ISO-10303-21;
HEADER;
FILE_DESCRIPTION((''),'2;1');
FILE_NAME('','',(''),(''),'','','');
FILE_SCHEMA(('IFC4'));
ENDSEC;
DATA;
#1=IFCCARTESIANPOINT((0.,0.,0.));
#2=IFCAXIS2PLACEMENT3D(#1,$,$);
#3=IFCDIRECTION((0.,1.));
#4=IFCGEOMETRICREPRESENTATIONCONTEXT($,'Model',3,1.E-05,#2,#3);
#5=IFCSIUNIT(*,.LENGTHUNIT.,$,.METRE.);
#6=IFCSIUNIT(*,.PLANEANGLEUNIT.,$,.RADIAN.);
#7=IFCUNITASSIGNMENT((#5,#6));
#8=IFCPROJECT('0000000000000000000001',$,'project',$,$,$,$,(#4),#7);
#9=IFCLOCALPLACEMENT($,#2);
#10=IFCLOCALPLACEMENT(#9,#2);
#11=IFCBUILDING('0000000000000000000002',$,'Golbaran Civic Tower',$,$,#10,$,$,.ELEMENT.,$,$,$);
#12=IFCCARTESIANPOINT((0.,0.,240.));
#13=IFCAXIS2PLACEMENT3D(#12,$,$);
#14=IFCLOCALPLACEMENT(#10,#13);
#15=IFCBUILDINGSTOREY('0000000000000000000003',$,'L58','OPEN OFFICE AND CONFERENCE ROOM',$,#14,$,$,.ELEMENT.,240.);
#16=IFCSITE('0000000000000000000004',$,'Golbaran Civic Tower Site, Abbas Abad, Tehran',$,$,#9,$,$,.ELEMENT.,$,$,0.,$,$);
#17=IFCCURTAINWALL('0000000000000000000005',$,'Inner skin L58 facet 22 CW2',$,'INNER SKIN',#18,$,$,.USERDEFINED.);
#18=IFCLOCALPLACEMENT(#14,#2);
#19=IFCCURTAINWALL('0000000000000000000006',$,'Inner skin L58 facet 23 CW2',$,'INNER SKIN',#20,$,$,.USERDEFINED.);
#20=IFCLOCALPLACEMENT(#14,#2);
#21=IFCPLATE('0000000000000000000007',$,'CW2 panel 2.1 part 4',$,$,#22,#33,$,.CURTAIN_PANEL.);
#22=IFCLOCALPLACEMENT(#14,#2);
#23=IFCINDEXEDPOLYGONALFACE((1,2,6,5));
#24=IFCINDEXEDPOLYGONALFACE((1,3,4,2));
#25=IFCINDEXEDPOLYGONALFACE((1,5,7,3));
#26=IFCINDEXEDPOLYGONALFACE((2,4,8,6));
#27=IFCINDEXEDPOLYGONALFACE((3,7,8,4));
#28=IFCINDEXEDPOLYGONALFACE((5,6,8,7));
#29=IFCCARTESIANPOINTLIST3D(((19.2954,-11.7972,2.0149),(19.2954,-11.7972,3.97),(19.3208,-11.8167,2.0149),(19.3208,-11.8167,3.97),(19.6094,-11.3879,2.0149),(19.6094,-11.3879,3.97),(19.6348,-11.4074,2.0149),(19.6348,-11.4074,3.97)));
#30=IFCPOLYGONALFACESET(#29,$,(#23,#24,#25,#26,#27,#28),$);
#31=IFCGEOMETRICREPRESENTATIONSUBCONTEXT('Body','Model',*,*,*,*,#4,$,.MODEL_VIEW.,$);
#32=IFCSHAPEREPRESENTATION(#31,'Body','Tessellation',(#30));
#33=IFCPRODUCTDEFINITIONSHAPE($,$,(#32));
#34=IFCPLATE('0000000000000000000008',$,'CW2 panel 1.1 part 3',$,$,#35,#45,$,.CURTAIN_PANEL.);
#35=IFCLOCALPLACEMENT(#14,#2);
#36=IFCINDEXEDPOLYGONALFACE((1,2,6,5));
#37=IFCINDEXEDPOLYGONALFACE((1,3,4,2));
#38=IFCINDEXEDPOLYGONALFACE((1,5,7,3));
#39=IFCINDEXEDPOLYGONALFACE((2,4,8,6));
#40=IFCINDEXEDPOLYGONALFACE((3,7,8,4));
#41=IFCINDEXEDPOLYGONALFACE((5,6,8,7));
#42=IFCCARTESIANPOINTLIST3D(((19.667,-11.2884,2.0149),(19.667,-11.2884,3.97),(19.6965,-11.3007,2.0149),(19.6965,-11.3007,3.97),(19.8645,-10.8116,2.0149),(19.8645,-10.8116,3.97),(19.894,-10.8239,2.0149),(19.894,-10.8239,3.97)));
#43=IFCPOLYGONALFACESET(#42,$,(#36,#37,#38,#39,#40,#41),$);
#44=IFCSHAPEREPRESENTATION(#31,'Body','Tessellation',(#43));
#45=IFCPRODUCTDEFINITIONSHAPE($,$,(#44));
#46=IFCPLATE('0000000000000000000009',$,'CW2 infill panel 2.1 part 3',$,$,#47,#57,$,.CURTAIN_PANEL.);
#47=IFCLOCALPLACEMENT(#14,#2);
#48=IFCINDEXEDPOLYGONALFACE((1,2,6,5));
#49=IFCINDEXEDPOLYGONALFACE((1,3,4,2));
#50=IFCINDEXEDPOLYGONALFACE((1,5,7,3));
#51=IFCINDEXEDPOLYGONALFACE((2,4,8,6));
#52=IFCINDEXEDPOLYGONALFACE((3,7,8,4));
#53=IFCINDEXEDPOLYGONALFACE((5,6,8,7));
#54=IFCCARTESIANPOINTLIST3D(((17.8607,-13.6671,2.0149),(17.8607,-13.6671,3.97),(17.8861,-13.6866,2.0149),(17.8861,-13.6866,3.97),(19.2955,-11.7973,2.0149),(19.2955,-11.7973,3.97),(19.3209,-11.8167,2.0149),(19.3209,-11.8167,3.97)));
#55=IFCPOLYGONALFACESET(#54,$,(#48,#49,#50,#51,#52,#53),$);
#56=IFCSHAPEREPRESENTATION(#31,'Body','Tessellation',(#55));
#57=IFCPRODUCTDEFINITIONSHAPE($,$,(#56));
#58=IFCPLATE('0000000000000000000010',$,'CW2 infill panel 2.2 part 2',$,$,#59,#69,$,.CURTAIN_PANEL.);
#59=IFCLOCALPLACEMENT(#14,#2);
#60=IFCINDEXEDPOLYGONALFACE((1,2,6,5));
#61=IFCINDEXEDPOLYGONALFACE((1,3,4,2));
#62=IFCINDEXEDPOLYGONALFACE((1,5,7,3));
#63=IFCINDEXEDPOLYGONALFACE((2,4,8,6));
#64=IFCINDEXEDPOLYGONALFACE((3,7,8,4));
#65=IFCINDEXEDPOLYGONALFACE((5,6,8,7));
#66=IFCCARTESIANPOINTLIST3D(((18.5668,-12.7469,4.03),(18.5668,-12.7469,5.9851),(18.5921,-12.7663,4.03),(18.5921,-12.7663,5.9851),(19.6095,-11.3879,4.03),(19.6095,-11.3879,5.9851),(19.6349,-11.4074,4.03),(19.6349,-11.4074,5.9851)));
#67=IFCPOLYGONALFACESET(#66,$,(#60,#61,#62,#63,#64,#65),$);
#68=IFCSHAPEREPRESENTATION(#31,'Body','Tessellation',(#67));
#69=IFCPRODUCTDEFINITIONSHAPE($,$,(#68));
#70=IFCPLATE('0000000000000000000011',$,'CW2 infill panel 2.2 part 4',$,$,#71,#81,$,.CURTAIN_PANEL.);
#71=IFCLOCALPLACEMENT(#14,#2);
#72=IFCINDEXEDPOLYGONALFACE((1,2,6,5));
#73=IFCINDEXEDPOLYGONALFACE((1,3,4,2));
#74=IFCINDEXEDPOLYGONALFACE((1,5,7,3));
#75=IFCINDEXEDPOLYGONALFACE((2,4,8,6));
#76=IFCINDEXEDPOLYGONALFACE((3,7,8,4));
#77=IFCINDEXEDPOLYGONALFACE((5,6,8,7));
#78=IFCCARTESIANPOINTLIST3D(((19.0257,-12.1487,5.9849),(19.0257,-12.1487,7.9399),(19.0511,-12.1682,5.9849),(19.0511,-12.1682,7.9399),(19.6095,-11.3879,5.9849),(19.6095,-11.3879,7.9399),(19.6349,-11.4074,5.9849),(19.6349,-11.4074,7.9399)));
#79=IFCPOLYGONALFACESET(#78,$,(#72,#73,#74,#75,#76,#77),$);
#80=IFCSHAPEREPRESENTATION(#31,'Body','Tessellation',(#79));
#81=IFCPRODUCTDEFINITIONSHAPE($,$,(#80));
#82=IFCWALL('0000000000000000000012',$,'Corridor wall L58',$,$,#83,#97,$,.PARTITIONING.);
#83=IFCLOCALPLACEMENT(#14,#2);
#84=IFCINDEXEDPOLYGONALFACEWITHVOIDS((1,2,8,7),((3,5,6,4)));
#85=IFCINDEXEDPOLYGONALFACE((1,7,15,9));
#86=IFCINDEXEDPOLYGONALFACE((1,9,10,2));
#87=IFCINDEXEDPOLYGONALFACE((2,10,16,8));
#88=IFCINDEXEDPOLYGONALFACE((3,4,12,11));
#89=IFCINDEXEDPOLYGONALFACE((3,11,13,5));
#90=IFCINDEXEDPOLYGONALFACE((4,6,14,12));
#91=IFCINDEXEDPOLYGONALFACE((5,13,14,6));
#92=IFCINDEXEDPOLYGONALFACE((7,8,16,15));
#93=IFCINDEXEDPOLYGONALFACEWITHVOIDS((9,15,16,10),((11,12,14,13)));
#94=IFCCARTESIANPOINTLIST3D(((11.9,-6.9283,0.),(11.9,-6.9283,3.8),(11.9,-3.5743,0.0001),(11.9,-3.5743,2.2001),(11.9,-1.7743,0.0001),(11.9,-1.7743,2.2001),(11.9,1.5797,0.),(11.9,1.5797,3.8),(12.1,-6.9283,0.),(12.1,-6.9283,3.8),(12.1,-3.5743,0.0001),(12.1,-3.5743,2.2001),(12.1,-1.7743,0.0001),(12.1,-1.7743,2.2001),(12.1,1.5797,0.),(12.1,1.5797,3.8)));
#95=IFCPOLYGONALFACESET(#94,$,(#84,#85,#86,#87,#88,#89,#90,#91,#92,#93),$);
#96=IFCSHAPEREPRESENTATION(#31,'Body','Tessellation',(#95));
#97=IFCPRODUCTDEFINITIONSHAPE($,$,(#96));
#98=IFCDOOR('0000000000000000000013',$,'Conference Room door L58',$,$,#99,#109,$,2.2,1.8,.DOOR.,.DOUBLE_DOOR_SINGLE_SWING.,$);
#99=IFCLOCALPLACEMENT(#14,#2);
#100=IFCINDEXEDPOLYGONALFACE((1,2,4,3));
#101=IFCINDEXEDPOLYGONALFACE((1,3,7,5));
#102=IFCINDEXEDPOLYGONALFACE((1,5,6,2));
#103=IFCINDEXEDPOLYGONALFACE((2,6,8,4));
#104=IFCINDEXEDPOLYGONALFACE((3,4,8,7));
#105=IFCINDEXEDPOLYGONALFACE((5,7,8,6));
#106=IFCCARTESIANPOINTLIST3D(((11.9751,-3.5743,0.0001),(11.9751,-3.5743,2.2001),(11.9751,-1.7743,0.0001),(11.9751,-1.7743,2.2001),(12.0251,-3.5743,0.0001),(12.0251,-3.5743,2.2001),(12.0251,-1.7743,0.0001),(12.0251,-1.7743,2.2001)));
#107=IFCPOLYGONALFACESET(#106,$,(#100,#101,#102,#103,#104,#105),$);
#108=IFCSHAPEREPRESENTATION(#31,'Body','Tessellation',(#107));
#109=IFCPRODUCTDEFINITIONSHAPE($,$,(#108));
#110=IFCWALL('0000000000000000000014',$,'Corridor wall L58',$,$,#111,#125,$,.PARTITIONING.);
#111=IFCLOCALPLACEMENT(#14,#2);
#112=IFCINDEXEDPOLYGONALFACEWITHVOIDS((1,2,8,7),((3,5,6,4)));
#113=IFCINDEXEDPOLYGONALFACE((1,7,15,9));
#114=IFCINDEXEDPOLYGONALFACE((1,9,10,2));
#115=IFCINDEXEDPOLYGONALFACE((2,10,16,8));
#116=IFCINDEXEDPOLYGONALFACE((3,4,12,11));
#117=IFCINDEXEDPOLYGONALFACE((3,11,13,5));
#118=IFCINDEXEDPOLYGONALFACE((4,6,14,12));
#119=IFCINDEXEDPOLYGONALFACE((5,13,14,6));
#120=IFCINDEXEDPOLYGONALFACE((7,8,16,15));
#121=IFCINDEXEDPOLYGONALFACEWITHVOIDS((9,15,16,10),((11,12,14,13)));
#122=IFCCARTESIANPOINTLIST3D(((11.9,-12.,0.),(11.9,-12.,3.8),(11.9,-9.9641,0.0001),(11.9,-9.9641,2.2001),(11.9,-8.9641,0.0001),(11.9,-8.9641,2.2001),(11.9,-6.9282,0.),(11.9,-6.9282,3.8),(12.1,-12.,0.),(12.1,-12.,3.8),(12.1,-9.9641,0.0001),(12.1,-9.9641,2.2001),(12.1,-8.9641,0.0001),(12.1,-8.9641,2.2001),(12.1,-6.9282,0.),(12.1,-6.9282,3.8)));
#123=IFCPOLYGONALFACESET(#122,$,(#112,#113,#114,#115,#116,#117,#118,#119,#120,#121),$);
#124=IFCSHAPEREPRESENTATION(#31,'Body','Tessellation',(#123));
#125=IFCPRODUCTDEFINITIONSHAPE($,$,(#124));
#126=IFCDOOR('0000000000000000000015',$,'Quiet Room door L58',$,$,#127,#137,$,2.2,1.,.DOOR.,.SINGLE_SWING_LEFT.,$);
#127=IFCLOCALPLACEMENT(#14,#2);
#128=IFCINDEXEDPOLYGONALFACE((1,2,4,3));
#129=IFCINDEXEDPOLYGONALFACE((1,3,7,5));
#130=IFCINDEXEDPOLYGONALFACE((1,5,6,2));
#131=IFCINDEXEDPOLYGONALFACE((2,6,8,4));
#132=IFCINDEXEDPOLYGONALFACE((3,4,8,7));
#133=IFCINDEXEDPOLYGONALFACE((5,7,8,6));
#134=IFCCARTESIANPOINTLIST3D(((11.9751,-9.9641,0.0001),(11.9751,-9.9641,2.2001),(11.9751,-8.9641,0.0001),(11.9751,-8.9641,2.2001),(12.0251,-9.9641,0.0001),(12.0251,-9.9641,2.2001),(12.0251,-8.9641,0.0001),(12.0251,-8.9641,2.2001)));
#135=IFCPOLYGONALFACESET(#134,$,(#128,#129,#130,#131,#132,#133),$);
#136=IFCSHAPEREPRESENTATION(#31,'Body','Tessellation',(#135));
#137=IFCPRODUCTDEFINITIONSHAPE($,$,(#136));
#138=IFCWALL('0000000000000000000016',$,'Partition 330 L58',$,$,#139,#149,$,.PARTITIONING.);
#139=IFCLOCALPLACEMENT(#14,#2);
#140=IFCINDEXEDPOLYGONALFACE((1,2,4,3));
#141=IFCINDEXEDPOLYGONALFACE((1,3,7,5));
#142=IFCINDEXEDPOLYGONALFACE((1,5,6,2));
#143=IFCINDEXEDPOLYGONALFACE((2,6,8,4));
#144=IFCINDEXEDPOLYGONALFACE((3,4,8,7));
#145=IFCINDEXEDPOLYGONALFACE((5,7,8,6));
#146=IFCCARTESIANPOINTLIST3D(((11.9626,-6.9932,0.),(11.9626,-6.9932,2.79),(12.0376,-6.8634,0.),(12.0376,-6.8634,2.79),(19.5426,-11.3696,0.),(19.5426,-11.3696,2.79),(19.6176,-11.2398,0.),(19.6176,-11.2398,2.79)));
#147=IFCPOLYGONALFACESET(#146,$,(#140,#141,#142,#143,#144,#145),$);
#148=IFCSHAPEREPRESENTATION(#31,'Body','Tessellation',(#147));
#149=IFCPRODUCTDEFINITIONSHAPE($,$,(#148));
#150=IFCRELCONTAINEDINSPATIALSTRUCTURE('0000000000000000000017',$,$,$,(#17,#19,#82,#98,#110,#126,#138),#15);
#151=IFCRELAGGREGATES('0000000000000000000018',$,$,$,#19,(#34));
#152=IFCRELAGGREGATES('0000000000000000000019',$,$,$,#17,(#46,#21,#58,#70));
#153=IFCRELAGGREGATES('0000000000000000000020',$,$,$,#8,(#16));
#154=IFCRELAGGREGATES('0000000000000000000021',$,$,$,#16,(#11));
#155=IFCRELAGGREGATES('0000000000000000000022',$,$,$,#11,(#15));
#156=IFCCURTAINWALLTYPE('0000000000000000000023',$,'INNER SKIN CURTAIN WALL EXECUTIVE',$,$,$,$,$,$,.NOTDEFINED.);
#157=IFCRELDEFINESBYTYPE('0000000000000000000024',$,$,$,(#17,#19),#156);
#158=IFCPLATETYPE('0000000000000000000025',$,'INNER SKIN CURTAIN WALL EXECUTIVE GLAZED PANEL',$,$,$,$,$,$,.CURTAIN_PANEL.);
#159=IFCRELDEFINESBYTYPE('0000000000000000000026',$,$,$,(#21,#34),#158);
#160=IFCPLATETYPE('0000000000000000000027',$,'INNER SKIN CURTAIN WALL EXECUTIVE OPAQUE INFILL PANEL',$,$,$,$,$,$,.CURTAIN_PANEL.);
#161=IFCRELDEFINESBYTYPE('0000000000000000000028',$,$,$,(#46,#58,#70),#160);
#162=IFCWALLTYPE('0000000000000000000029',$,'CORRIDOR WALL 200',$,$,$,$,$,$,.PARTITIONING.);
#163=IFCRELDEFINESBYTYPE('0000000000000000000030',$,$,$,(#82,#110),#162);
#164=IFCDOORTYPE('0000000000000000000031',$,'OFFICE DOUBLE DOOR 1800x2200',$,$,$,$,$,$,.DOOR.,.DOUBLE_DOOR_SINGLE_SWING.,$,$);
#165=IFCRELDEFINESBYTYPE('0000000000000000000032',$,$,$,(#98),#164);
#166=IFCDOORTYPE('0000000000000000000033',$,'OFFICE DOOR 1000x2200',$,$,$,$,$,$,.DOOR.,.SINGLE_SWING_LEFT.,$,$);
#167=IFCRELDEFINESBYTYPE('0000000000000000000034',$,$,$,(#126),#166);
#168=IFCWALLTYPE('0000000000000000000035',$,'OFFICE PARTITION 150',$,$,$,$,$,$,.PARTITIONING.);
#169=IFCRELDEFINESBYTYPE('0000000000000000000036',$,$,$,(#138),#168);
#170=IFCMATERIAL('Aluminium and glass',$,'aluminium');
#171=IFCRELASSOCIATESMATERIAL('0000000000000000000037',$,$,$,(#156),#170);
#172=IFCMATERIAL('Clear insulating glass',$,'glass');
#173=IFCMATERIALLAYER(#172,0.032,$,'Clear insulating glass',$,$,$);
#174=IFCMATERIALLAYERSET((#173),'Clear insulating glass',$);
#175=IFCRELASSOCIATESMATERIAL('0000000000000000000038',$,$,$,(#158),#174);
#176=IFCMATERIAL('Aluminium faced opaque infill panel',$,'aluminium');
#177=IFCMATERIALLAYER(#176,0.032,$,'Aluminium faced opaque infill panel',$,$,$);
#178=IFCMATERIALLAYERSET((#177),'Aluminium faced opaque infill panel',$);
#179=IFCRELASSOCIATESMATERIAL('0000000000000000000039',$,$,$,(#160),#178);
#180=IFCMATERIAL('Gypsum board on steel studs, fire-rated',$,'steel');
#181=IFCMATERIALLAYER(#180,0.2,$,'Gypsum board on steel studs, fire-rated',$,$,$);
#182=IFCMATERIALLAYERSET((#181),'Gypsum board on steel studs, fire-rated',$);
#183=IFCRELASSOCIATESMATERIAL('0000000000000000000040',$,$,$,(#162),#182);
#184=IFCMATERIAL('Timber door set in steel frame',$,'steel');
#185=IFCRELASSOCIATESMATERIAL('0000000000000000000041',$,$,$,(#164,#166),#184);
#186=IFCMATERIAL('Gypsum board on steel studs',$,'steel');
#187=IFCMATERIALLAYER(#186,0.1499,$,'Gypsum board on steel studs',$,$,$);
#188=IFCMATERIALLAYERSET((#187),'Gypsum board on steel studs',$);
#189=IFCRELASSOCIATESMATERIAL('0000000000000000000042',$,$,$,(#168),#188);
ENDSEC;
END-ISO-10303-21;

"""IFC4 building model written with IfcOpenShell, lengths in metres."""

from ifc_helpers import new_model, si_unit, direction, frame, frame_2d, origin, origin_2d, place, context, subcontext, project, spatial, rectangle, extrude, material, layer, layer_set, type_object, element, fill, aggregate, save


model = new_model("IFC4")

# Units and contexts
model_context = context("Model", 3, precision=1e-05, world=origin(), true_north=direction((0.0, 1.0)))
body_context = subcontext(model_context, "Body", "Model", "MODEL_VIEW")
ifc_project = project(units=[si_unit("LENGTHUNIT", "METRE"), si_unit("PLANEANGLEUNIT", "RADIAN")], contexts=[model_context])

# Site, building, storey
site_placement = place(None, origin())
site = spatial("IfcSite", under=ifc_project, at=site_placement, Name="Golbaran Civic Tower Site, Abbas Abad, Tehran", CompositionType="ELEMENT", RefElevation=0.0)
building_placement = place(site_placement, origin())
building = spatial("IfcBuilding", under=site, at=building_placement, Name="Golbaran Civic Tower", CompositionType="ELEMENT")
storey_placement = place(building_placement, frame((0.0, 0.0, 240.0)))
storey = spatial("IfcBuildingStorey", under=building, at=storey_placement, Name="L58", Description="OPEN OFFICE AND CONFERENCE ROOM", CompositionType="ELEMENT", Elevation=240.0)

# Curtain wall
ifc_material_1 = material(Name="Aluminium and glass", Category="aluminium")
curtain_wall_type = type_object("IfcCurtainWallType", Name="INNER SKIN CURTAIN WALL EXECUTIVE", PredefinedType="NOTDEFINED", material=ifc_material_1)
curtain_wall_1_placement = place(storey_placement, origin())
curtain_wall_1 = element("IfcCurtainWall", 1, at=curtain_wall_1_placement, inside=storey, type_object=curtain_wall_type, Name="Inner skin L58 facet 22 CW2", ObjectType="INNER SKIN", PredefinedType="USERDEFINED")

# Curtain wall
curtain_wall_2_placement = place(storey_placement, origin())
curtain_wall_2 = element("IfcCurtainWall", 2, at=curtain_wall_2_placement, inside=storey, type_object=curtain_wall_type, Name="Inner skin L58 facet 23 CW2", ObjectType="INNER SKIN", PredefinedType="USERDEFINED")

# Plates
ifc_material_2 = material(Name="Clear insulating glass", Category="glass")
ifc_layer_1 = layer(ifc_material_2, 0.032, Name="Clear insulating glass")
ifc_layer_set_1 = layer_set([ifc_layer_1], Name="Clear insulating glass")
plate_type_1 = type_object("IfcPlateType", Name="INNER SKIN CURTAIN WALL EXECUTIVE GLAZED PANEL", PredefinedType="CURTAIN_PANEL", material=ifc_layer_set_1)
plate_1_placement = place(storey_placement, frame((19.4651, -11.6023, 2.0149), z_axis=(0.0, 0.0, 1.0), x_axis=(0.608761, 0.793353, 0.0)))
plate_1 = element("IfcPlate", 3, at=plate_1_placement, type_object=plate_type_1, Name="CW2 panel 2.1 part 4", PredefinedType="CURTAIN_PANEL", context=body_context, shape_type="SweptSolid", body=[
    extrude(rectangle(XDim=0.5159, YDim=0.032, at=origin_2d()), origin(), (0.0, 0.0, 1.0), 1.9551),
])
plate_2_placement = place(storey_placement, frame((19.7805, -11.0562, 2.0149), z_axis=(0.0, 0.0, 1.0), x_axis=(0.382683, 0.92388, 0.0)))
plate_2 = element("IfcPlate", 4, at=plate_2_placement, type_object=plate_type_1, Name="CW2 panel 1.1 part 3", PredefinedType="CURTAIN_PANEL", context=body_context, shape_type="SweptSolid", body=[
    extrude(rectangle(XDim=0.5161, YDim=0.032, at=origin_2d()), origin(), (0.0, 0.0, 1.0), 1.9551),
])
aggregate(curtain_wall_2, [plate_2])
ifc_material_3 = material(Name="Aluminium faced opaque infill panel", Category="aluminium")
ifc_layer_2 = layer(ifc_material_3, 0.032, Name="Aluminium faced opaque infill panel")
ifc_layer_set_2 = layer_set([ifc_layer_2], Name="Aluminium faced opaque infill panel")
plate_type_2 = type_object("IfcPlateType", Name="INNER SKIN CURTAIN WALL EXECUTIVE OPAQUE INFILL PANEL", PredefinedType="CURTAIN_PANEL", material=ifc_layer_set_2)
plate_3_placement = place(storey_placement, frame((18.5908, -12.7419, 2.0149), z_axis=(0.0, 0.0, 1.0), x_axis=(0.608761, 0.793353, 0.0)))
plate_3 = element("IfcPlate", 5, at=plate_3_placement, type_object=plate_type_2, Name="CW2 infill panel 2.1 part 3", PredefinedType="CURTAIN_PANEL", context=body_context, shape_type="SweptSolid", body=[
    extrude(rectangle(XDim=2.3569, YDim=0.032, at=origin_2d()), origin(), (0.0, 0.0, 1.0), 1.9551),
])
plate_4_placement = place(storey_placement, frame((19.1008, -12.0771, 4.03), z_axis=(0.0, 0.0, 1.0), x_axis=(0.608761, 0.793353, 0.0)))
plate_4 = element("IfcPlate", 6, at=plate_4_placement, type_object=plate_type_2, Name="CW2 infill panel 2.2 part 2", PredefinedType="CURTAIN_PANEL", context=body_context, shape_type="SweptSolid", body=[
    extrude(rectangle(XDim=1.7129, YDim=0.032, at=origin_2d()), origin(), (0.0, 0.0, 1.0), 1.9551),
])
plate_5_placement = place(storey_placement, frame((19.3303, -11.7781, 5.9849), z_axis=(0.0, 0.0, 1.0), x_axis=(0.608761, 0.793353, 0.0)))
plate_5 = element("IfcPlate", 7, at=plate_5_placement, type_object=plate_type_2, Name="CW2 infill panel 2.2 part 4", PredefinedType="CURTAIN_PANEL", context=body_context, shape_type="SweptSolid", body=[
    extrude(rectangle(XDim=0.959, YDim=0.032, at=origin_2d()), origin(), (0.0, 0.0, 1.0), 1.9551),
])
aggregate(curtain_wall_1, [plate_3, plate_1, plate_4, plate_5])

# Walls, openings, doors
ifc_material_4 = material(Name="Gypsum board on steel studs, fire-rated", Category="steel")
ifc_layer_3 = layer(ifc_material_4, 0.2, Name="Gypsum board on steel studs, fire-rated")
ifc_layer_set_3 = layer_set([ifc_layer_3], Name="Gypsum board on steel studs, fire-rated")
wall_type_1 = type_object("IfcWallType", Name="CORRIDOR WALL 200", PredefinedType="PARTITIONING", material=ifc_layer_set_3)
wall_1_placement = place(storey_placement, frame((12.0, -6.9282, 0.0), z_axis=(0.0, 0.0, 1.0), x_axis=(0.0, 1.0, 0.0)))
wall_1 = element("IfcWall", 8, at=wall_1_placement, inside=storey, type_object=wall_type_1, Name="Corridor wall L58", PredefinedType="PARTITIONING", context=body_context, shape_type="SweptSolid", body=[
    extrude(rectangle(XDim=8.5081, YDim=0.2, at=frame_2d((4.2539, 0.0))), origin(), (0.0, 0.0, 1.0), 3.8),
])
opening_1_placement = place(wall_1_placement, frame((3.354, 0.0, 0.0)))
opening_1 = element("IfcOpeningElement", 9, at=opening_1_placement, cuts=wall_1, PredefinedType="OPENING", context=body_context, shape_type="SweptSolid", body=[
    extrude(rectangle(XDim=1.8, YDim=2.2, at=frame_2d((0.8999, 1.1001))), frame((0.0, 0.1099, 0.0), z_axis=(0.0, -1.0, 0.0), x_axis=(1.0, 0.0, 0.0)), (0.0, 0.0, 1.0), 0.22),
])
ifc_material_5 = material(Name="Timber door set in steel frame", Category="steel")
door_type_1 = type_object("IfcDoorType", Name="OFFICE DOUBLE DOOR 1800x2200", OperationType="DOUBLE_DOOR_SINGLE_SWING", PredefinedType="DOOR", material=ifc_material_5)
door_1_placement = place(opening_1_placement, origin())
door_1 = element("IfcDoor", 10, at=door_1_placement, inside=storey, type_object=door_type_1, Name="Conference Room door L58", OperationType="DOUBLE_DOOR_SINGLE_SWING", OverallHeight=2.2, OverallWidth=1.8, PredefinedType="DOOR", context=body_context, shape_type="SweptSolid", body=[
    extrude(rectangle(XDim=1.8, YDim=2.2, at=frame_2d((0.8999, 1.1001))), frame((0.0, 0.0249, 0.0), z_axis=(0.0, -1.0, 0.0), x_axis=(1.0, 0.0, 0.0)), (0.0, 0.0, 1.0), 0.05),
])
fill(opening_1, door_1)
wall_2_placement = place(storey_placement, frame((12.0, -12.0, 0.0), z_axis=(0.0, 0.0, 1.0), x_axis=(0.0, 1.0, 0.0)))
wall_2 = element("IfcWall", 11, at=wall_2_placement, inside=storey, type_object=wall_type_1, Name="Corridor wall L58", PredefinedType="PARTITIONING", context=body_context, shape_type="SweptSolid", body=[
    extrude(rectangle(XDim=5.0718, YDim=0.2, at=frame_2d((2.5359, 0.0))), origin(), (0.0, 0.0, 1.0), 3.8),
])
opening_2_placement = place(wall_2_placement, frame((2.0359, 0.0, 0.0)))
opening_2 = element("IfcOpeningElement", 12, at=opening_2_placement, cuts=wall_2, PredefinedType="OPENING", context=body_context, shape_type="SweptSolid", body=[
    extrude(rectangle(XDim=1.0, YDim=2.2, at=frame_2d((0.5, 1.1001))), frame((0.0, 0.1099, 0.0), z_axis=(0.0, -1.0, 0.0), x_axis=(1.0, 0.0, 0.0)), (0.0, 0.0, 1.0), 0.22),
])
door_type_2 = type_object("IfcDoorType", Name="OFFICE DOOR 1000x2200", OperationType="SINGLE_SWING_LEFT", PredefinedType="DOOR", material=ifc_material_5)
door_2_placement = place(opening_2_placement, origin())
door_2 = element("IfcDoor", 13, at=door_2_placement, inside=storey, type_object=door_type_2, Name="Quiet Room door L58", OperationType="SINGLE_SWING_LEFT", OverallHeight=2.2, OverallWidth=1.0, PredefinedType="DOOR", context=body_context, shape_type="SweptSolid", body=[
    extrude(rectangle(XDim=1.0, YDim=2.2, at=frame_2d((0.5, 1.1001))), frame((0.0, 0.0249, 0.0), z_axis=(0.0, -1.0, 0.0), x_axis=(1.0, 0.0, 0.0)), (0.0, 0.0, 1.0), 0.05),
])
fill(opening_2, door_2)

# Wall
ifc_material_6 = material(Name="Gypsum board on steel studs", Category="steel")
ifc_layer_4 = layer(ifc_material_6, 0.1499, Name="Gypsum board on steel studs")
ifc_layer_set_4 = layer_set([ifc_layer_4], Name="Gypsum board on steel studs")
wall_type_2 = type_object("IfcWallType", Name="OFFICE PARTITION 150", PredefinedType="PARTITIONING", material=ifc_layer_set_4)
wall_3_placement = place(storey_placement, frame((12.0, -6.9282, 0.0), z_axis=(0.0, 0.0, 1.0), x_axis=(0.86602, -0.500009, 0.0)))
element("IfcWall", 14, at=wall_3_placement, inside=storey, type_object=wall_type_2, Name="Partition 330 L58", PredefinedType="PARTITIONING", context=body_context, shape_type="SweptSolid", body=[
    extrude(rectangle(XDim=8.7527, YDim=0.1499, at=frame_2d((4.3765, 0.0))), origin(), (0.0, 0.0, 1.0), 2.79),
])

save(model, "model.ifc")
